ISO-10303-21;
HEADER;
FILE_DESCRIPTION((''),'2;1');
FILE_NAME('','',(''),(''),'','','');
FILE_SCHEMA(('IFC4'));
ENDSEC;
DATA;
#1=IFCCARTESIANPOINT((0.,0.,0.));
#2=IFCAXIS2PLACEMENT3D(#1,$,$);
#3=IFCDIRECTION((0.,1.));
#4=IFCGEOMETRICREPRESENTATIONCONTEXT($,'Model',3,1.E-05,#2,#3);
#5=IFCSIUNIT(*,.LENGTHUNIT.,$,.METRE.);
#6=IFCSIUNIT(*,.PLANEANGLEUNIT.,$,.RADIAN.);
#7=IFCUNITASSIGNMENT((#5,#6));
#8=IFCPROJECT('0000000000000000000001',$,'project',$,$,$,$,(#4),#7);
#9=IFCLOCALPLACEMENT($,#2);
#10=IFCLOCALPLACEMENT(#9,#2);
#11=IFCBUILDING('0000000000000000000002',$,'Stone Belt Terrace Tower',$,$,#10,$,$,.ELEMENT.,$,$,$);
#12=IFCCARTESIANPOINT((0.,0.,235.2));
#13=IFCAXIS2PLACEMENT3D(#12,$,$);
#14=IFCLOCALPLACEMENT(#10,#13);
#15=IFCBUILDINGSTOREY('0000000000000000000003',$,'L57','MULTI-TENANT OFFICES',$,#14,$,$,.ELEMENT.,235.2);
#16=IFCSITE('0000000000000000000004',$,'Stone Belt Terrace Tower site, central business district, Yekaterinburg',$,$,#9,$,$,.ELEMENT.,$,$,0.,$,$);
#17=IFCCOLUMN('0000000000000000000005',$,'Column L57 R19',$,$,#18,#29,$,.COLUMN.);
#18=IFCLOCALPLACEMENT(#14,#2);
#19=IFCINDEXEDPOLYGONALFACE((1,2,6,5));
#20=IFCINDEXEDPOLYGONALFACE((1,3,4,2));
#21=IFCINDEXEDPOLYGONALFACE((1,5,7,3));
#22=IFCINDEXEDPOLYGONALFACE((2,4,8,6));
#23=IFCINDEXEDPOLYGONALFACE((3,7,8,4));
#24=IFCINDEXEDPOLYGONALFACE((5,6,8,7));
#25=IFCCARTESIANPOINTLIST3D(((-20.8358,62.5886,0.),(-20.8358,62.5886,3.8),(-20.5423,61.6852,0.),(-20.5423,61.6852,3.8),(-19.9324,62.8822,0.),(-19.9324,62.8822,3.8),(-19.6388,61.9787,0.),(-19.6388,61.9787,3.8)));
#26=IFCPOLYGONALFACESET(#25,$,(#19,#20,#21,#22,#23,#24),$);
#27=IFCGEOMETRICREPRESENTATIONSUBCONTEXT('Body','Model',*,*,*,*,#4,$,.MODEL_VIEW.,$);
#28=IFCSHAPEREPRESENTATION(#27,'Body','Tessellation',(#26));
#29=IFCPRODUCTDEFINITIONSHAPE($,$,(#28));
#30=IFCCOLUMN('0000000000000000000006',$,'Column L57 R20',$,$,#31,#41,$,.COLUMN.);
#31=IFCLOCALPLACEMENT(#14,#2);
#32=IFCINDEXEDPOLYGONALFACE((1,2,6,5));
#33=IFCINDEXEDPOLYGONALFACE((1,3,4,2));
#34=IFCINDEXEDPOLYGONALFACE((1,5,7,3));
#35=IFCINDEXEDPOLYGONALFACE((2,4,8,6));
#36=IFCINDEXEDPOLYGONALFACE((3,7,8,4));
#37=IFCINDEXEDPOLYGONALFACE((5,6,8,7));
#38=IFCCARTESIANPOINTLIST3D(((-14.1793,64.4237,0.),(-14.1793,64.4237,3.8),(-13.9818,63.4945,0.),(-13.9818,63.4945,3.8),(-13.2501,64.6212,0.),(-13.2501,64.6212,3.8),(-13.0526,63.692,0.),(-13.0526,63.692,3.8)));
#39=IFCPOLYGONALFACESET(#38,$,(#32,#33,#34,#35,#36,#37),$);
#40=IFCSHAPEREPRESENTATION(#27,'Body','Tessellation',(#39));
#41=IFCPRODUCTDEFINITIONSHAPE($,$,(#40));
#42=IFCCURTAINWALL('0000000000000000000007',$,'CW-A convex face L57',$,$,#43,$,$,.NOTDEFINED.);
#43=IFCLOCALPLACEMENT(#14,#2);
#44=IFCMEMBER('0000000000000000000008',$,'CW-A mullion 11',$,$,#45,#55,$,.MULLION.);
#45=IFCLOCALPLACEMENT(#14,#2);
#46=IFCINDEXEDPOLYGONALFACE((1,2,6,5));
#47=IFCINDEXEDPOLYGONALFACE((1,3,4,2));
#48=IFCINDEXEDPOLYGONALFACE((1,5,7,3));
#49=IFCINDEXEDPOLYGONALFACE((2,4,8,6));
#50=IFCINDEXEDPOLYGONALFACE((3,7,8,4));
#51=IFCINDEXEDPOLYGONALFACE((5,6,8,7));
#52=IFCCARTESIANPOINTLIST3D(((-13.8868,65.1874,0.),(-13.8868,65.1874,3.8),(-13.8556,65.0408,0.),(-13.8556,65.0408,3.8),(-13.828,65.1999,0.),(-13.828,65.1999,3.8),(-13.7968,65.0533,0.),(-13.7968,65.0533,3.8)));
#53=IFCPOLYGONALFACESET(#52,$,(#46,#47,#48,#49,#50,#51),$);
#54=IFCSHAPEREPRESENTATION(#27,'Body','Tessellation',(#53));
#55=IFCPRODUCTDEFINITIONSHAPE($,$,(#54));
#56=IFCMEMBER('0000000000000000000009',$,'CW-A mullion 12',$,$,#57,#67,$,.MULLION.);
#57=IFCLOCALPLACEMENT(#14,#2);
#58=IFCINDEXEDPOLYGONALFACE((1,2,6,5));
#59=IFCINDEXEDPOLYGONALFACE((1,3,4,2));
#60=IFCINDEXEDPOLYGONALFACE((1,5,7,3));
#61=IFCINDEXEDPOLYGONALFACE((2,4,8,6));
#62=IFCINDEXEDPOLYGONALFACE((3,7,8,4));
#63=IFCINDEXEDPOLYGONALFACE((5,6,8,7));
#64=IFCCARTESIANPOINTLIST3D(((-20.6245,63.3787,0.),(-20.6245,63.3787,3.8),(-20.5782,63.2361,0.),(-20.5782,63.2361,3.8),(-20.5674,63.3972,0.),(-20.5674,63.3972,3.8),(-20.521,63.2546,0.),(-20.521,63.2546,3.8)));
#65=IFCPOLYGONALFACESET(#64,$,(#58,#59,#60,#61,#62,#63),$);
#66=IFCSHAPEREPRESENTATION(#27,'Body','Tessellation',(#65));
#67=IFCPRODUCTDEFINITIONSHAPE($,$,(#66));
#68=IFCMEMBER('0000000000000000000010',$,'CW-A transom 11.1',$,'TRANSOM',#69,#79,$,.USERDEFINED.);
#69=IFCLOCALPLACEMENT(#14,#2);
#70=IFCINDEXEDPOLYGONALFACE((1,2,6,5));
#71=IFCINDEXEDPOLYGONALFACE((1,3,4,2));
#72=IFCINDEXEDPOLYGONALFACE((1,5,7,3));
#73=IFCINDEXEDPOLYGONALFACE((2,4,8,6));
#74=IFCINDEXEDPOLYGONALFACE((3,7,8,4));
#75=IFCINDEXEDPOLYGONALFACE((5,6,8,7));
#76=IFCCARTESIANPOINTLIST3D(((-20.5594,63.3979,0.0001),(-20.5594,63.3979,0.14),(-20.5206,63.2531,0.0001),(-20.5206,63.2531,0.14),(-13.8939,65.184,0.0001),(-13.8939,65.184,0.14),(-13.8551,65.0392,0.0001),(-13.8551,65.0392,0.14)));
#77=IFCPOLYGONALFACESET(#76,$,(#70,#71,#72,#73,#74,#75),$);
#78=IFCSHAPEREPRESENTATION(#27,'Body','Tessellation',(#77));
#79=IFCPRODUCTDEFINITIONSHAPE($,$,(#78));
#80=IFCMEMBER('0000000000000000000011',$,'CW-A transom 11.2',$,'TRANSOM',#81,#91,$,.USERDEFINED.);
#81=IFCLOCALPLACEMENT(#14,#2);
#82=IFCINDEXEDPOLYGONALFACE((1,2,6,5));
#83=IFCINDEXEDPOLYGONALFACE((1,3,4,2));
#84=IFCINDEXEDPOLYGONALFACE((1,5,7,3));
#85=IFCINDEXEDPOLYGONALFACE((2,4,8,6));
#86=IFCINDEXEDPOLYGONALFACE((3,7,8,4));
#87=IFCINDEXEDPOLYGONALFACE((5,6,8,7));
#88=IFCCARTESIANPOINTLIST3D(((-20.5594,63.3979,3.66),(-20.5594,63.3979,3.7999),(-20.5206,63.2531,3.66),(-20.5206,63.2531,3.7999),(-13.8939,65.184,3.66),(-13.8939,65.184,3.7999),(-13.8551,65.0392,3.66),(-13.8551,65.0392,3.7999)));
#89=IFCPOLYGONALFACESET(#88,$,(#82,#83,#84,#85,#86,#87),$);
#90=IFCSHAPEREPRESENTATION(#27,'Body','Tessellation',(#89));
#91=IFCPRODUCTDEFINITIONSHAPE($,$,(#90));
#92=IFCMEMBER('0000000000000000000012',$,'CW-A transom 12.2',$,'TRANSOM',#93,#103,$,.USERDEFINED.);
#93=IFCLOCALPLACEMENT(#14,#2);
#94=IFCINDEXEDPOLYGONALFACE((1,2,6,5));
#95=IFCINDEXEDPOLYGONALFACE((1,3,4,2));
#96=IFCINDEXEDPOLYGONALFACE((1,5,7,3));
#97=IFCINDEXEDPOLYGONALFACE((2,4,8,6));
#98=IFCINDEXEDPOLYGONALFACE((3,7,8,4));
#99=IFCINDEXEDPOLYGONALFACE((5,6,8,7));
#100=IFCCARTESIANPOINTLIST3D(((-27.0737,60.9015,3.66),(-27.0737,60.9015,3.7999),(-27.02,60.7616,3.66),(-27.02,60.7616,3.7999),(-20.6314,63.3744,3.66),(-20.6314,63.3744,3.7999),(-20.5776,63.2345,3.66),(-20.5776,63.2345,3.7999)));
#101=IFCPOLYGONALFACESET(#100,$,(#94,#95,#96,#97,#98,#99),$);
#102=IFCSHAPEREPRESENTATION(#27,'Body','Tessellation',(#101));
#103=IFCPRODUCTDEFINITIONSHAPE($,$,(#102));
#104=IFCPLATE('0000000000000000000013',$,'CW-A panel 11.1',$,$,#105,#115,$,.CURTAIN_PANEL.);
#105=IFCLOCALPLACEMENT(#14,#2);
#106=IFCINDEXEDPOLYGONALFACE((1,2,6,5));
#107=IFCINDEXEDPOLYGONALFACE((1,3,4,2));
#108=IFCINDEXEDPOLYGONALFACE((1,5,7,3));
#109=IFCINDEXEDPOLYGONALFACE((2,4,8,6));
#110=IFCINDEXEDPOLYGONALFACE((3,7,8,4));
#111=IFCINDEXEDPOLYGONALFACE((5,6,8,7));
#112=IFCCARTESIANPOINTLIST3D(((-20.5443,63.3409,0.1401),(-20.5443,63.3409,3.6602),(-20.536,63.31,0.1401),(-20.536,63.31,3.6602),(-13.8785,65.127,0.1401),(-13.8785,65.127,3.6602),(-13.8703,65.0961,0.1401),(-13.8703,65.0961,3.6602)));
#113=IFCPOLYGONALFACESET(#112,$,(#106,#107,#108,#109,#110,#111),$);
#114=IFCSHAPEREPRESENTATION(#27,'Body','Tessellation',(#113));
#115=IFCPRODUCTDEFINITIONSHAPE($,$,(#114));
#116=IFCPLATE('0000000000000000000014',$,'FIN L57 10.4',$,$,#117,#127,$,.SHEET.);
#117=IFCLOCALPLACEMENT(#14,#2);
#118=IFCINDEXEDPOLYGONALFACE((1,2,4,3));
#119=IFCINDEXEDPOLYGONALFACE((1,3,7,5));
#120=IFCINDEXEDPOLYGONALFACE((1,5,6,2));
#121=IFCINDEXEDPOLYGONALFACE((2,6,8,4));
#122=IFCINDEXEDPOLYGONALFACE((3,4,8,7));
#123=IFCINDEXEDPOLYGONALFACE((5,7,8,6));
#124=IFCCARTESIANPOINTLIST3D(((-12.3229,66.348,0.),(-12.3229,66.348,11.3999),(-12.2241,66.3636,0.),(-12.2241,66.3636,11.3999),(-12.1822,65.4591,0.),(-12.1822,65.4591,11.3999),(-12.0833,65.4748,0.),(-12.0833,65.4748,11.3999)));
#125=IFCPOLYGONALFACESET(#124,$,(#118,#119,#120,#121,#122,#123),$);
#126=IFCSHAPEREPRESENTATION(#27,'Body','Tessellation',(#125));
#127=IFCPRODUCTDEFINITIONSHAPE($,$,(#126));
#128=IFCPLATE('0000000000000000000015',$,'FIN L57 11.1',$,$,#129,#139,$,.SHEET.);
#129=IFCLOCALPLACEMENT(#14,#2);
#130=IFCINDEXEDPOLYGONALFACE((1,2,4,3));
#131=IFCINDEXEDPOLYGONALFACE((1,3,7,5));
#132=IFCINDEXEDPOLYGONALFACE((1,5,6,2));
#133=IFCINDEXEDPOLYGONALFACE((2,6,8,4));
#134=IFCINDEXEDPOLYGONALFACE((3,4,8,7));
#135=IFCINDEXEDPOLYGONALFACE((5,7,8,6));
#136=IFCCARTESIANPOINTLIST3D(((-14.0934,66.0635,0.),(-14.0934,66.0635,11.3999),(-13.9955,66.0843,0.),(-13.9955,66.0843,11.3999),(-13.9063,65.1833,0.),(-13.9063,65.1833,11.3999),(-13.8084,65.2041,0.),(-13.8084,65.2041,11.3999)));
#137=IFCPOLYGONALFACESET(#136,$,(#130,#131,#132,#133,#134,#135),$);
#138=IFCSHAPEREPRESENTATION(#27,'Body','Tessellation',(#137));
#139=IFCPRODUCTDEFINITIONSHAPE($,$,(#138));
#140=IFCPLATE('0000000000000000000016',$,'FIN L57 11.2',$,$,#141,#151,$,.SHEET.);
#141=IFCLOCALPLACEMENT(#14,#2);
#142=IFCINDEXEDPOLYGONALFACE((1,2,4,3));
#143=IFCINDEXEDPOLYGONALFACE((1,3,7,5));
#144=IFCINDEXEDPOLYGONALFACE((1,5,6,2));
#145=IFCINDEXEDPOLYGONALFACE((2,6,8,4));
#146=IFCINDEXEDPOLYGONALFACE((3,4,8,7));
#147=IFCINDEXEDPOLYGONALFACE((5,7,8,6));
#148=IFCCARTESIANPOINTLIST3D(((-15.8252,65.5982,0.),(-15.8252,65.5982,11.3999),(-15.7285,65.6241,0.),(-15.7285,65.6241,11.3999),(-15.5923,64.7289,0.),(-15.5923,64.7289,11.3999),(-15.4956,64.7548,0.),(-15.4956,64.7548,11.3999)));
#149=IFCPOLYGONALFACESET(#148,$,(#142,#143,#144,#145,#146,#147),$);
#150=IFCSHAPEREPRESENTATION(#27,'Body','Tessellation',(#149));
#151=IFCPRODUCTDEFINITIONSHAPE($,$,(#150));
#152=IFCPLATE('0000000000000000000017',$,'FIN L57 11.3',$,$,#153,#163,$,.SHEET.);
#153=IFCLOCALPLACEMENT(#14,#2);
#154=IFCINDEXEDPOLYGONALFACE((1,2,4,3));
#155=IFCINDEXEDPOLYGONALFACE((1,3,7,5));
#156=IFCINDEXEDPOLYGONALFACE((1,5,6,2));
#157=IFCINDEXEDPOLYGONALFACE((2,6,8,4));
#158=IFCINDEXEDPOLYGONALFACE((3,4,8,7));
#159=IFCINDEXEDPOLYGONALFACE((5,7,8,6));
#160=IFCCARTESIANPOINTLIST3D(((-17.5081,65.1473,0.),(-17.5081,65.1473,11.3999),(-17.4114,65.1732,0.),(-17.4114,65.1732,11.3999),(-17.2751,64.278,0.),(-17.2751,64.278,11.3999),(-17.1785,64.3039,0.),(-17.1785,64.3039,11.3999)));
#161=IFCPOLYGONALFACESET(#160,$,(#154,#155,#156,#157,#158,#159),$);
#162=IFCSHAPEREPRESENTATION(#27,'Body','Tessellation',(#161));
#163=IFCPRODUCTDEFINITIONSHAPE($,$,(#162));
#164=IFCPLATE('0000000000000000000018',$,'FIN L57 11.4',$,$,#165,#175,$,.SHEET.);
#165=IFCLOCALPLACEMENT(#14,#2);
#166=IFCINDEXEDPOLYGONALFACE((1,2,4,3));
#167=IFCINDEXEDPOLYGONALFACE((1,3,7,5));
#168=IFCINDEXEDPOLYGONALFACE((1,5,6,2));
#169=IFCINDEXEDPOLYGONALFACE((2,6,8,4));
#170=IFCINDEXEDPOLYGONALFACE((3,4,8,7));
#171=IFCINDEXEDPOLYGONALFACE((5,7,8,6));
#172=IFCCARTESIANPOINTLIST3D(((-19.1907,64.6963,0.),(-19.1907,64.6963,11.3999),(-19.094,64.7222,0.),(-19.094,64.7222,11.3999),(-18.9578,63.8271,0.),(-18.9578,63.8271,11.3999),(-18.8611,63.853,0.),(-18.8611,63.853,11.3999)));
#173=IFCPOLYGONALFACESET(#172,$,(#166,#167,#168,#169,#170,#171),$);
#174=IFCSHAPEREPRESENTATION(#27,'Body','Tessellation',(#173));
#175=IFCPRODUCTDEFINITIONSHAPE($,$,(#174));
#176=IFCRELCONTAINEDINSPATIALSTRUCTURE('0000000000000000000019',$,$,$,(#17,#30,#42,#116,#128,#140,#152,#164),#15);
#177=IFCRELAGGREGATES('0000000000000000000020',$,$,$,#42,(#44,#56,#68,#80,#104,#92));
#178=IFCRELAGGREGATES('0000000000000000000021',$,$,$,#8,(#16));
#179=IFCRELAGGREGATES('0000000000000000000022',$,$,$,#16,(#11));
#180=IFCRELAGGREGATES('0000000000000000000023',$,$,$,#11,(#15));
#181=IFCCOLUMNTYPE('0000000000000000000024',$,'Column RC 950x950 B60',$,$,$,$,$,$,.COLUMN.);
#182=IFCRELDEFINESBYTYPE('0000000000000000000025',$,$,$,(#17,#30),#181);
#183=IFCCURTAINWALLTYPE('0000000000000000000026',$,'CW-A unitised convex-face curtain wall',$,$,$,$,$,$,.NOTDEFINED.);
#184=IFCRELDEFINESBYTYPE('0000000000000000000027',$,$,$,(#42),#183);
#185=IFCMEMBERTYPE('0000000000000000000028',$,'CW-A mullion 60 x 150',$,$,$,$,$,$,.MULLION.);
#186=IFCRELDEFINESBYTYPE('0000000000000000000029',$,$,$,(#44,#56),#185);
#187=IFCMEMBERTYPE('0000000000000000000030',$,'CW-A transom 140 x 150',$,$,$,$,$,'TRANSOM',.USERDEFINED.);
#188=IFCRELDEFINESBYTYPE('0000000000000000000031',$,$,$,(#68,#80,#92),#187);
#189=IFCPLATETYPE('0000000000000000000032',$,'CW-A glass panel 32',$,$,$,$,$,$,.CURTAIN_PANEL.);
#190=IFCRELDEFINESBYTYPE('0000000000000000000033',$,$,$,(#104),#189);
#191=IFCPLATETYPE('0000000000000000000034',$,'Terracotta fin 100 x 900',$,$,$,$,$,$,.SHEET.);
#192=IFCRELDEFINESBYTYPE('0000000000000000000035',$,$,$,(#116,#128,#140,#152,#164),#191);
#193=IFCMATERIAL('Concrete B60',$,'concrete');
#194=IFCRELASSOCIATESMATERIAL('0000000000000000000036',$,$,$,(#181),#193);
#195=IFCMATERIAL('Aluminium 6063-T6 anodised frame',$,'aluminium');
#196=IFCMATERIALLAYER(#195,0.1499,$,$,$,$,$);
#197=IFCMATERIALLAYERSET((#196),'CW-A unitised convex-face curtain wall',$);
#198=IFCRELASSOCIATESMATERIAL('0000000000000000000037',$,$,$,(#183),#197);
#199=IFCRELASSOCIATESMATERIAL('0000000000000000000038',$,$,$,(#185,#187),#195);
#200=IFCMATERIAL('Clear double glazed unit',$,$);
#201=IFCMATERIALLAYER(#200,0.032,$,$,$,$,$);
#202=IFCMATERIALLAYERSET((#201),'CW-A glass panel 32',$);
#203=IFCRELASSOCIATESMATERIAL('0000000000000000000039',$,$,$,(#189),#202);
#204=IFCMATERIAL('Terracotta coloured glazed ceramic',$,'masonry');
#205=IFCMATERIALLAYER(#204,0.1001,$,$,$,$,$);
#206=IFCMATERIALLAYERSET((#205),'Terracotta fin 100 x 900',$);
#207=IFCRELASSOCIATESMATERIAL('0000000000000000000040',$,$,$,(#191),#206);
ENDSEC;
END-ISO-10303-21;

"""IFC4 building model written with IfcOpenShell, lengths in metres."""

from ifc_helpers import new_model, si_unit, direction, frame, origin, origin_2d, place, context, subcontext, project, spatial, rectangle, extrude, material, layer, layer_set, material_profile, profile_set, type_object, element, aggregate, save


model = new_model("IFC4")

# Units and contexts
model_context = context("Model", 3, precision=1e-05, world=origin(), true_north=direction((0.0, 1.0)))
body_context = subcontext(model_context, "Body", "Model", "MODEL_VIEW")
ifc_project = project(units=[si_unit("LENGTHUNIT", "METRE"), si_unit("PLANEANGLEUNIT", "RADIAN")], contexts=[model_context])

# Site, building, storey
site_placement = place(None, origin())
site = spatial("IfcSite", under=ifc_project, at=site_placement, Name="Stone Belt Terrace Tower site, central business district, Yekaterinburg", CompositionType="ELEMENT", RefElevation=0.0)
building_placement = place(site_placement, origin())
building = spatial("IfcBuilding", under=site, at=building_placement, Name="Stone Belt Terrace Tower", CompositionType="ELEMENT")
storey_placement = place(building_placement, frame((0.0, 0.0, 235.2)))
storey = spatial("IfcBuildingStorey", under=building, at=storey_placement, Name="L57", Description="MULTI-TENANT OFFICES", CompositionType="ELEMENT", Elevation=235.2)

# Columns
ifc_material_1 = material(Name="Concrete B60", Category="concrete")
ifc_material_profile_1 = material_profile(ifc_material_1, rectangle(XDim=0.95, YDim=0.95, at=origin_2d()), Name="RC 950x950")
ifc_profile_set_1 = profile_set([ifc_material_profile_1], Name="Concrete B60")
column_type = type_object("IfcColumnType", Name="Column RC 950x950 B60", PredefinedType="COLUMN", material=ifc_profile_set_1)
for number, where, z_axis, x_axis, name in (
    (1, (-20.2373, 62.2837, 0.0), (0.0, 0.0, 1.0), (0.951057, 0.309017, 0.0), "Column L57 R19"),
    (2, (-13.616, 64.0579, 0.0), (0.0, 0.0, 1.0), (0.978148, 0.207912, 0.0), "Column L57 R20"),
):
    element("IfcColumn", number, at=place(storey_placement, frame(where, z_axis=z_axis, x_axis=x_axis)), inside=storey, type_object=column_type, Name=name, PredefinedType="COLUMN", context=body_context, shape_type="SweptSolid", body=[
        extrude(rectangle(XDim=0.95, YDim=0.95, at=origin_2d()), origin(), (0.0, 0.0, 1.0), 3.8),
    ])

# Curtain wall, members, plate
ifc_material_2 = material(Name="Aluminium 6063-T6 anodised frame", Category="aluminium")
ifc_layer_1 = layer(ifc_material_2, 0.1499)
ifc_layer_set_1 = layer_set([ifc_layer_1], Name="CW-A unitised convex-face curtain wall")
curtain_wall_type = type_object("IfcCurtainWallType", Name="CW-A unitised convex-face curtain wall", PredefinedType="NOTDEFINED", material=ifc_layer_set_1)
curtain_wall_placement = place(storey_placement, origin())
curtain_wall = element("IfcCurtainWall", 3, at=curtain_wall_placement, inside=storey, type_object=curtain_wall_type, Name="CW-A convex face L57", PredefinedType="NOTDEFINED")
ifc_material_profile_2 = material_profile(ifc_material_2, rectangle(XDim=0.1499, YDim=0.0601, at=origin_2d()), Name="Aluminium 6063-T6 60x150")
ifc_profile_set_2 = profile_set([ifc_material_profile_2], Name="Aluminium 6063-T6 anodised frame")
member_type_1 = type_object("IfcMemberType", Name="CW-A mullion 60 x 150", PredefinedType="MULLION", material=ifc_profile_set_2)
member_1_placement = place(storey_placement, frame((-13.8418, 65.1204, 0.0), z_axis=(0.0, 0.0, 1.0), x_axis=(0.207912, -0.978148, 0.0)))
member_1 = element("IfcMember", 4, at=member_1_placement, type_object=member_type_1, Name="CW-A mullion 11", PredefinedType="MULLION", context=body_context, shape_type="SweptSolid", body=[
    extrude(rectangle(XDim=0.1499, YDim=0.0601, at=origin_2d()), origin(), (0.0, 0.0, 1.0), 3.8),
])
member_2_placement = place(storey_placement, frame((-20.5728, 63.3167, 0.0), z_axis=(0.0, 0.0, 1.0), x_axis=(0.309017, -0.951057, 0.0)))
member_2 = element("IfcMember", 5, at=member_2_placement, type_object=member_type_1, Name="CW-A mullion 12", PredefinedType="MULLION", context=body_context, shape_type="SweptSolid", body=[
    extrude(rectangle(XDim=0.1499, YDim=0.0601, at=origin_2d()), origin(), (0.0, 0.0, 1.0), 3.8),
])
ifc_material_profile_3 = material_profile(ifc_material_2, rectangle(XDim=0.1499, YDim=0.1399, at=origin_2d()), Name="Aluminium 6063-T6 150x140")
ifc_profile_set_3 = profile_set([ifc_material_profile_3], Name="Aluminium 6063-T6 anodised frame")
member_type_2 = type_object("IfcMemberType", Name="CW-A transom 140 x 150", ElementType="TRANSOM", PredefinedType="USERDEFINED", material=ifc_profile_set_3)
member_3_placement = place(storey_placement, frame((-13.8745, 65.1116, 0.0701), z_axis=(-0.965922, -0.258834, 0.0), x_axis=(0.258834, -0.965922, 0.0)))
member_3 = element("IfcMember", 6, at=member_3_placement, type_object=member_type_2, Name="CW-A transom 11.1", ObjectType="TRANSOM", PredefinedType="USERDEFINED", context=body_context, shape_type="SweptSolid", body=[
    extrude(rectangle(XDim=0.1499, YDim=0.1399, at=origin_2d()), origin(), (0.0, 0.0, 1.0), 6.9006),
])
member_4_placement = place(storey_placement, frame((-13.8745, 65.1116, 3.73), z_axis=(-0.965922, -0.258834, 0.0), x_axis=(0.258834, -0.965922, 0.0)))
member_4 = element("IfcMember", 7, at=member_4_placement, type_object=member_type_2, Name="CW-A transom 11.2", ObjectType="TRANSOM", PredefinedType="USERDEFINED", context=body_context, shape_type="SweptSolid", body=[
    extrude(rectangle(XDim=0.1499, YDim=0.1399, at=origin_2d()), origin(), (0.0, 0.0, 1.0), 6.9006),
])
member_5_placement = place(storey_placement, frame((-20.6045, 63.3044, 3.73), z_axis=(-0.933585, -0.358355, 0.0), x_axis=(0.358355, -0.933585, 0.0)))
member_5 = element("IfcMember", 8, at=member_5_placement, type_object=member_type_2, Name="CW-A transom 12.2", ObjectType="TRANSOM", PredefinedType="USERDEFINED", context=body_context, shape_type="SweptSolid", body=[
    extrude(rectangle(XDim=0.1499, YDim=0.1399, at=origin_2d()), origin(), (0.0, 0.0, 1.0), 6.9006),
])
ifc_material_3 = material(Name="Clear double glazed unit")
ifc_layer_2 = layer(ifc_material_3, 0.032)
ifc_layer_set_2 = layer_set([ifc_layer_2], Name="CW-A glass panel 32")
plate_type_1 = type_object("IfcPlateType", Name="CW-A glass panel 32", PredefinedType="CURTAIN_PANEL", material=ifc_layer_set_2)
plate_placement = place(storey_placement, frame((-17.2073, 64.2185, 0.1401), z_axis=(0.0, 0.0, 1.0), x_axis=(-0.965926, -0.258819, 0.0)))
plate = element("IfcPlate", 9, at=plate_placement, type_object=plate_type_1, Name="CW-A panel 11.1", PredefinedType="CURTAIN_PANEL", context=body_context, shape_type="SweptSolid", body=[
    extrude(rectangle(XDim=6.9009, YDim=0.032, at=origin_2d()), origin(), (0.0, 0.0, 1.0), 3.52),
])
aggregate(curtain_wall, [member_1, member_2, member_3, member_4, plate, member_5])

# Plates
ifc_material_4 = material(Name="Terracotta coloured glazed ceramic", Category="masonry")
ifc_layer_3 = layer(ifc_material_4, 0.1001)
ifc_layer_set_3 = layer_set([ifc_layer_3], Name="Terracotta fin 100 x 900")
plate_type_2 = type_object("IfcPlateType", Name="Terracotta fin 100 x 900", PredefinedType="SHEET", material=ifc_layer_set_3)
for number, where, z_axis, x_axis, name in (
    (10, (-12.2031, 65.9114, 0.0), (0.0, 0.0, 1.0), (-0.156434, 0.987688, 0.0), "FIN L57 10.4"),
    (11, (-13.9509, 65.6338, 0.0), (0.0, 0.0, 1.0), (-0.207912, 0.978148, 0.0), "FIN L57 11.1"),
    (12, (-15.6604, 65.1765, 0.0), (0.0, 0.0, 1.0), (-0.258819, 0.965926, 0.0), "FIN L57 11.2"),
    (13, (-17.3433, 64.7256, 0.0), (0.0, 0.0, 1.0), (-0.258819, 0.965926, 0.0), "FIN L57 11.3"),
    (14, (-19.0259, 64.2747, 0.0), (0.0, 0.0, 1.0), (-0.258819, 0.965926, 0.0), "FIN L57 11.4"),
):
    element("IfcPlate", number, at=place(storey_placement, frame(where, z_axis=z_axis, x_axis=x_axis)), inside=storey, type_object=plate_type_2, Name=name, PredefinedType="SHEET", context=body_context, shape_type="SweptSolid", body=[
        extrude(rectangle(XDim=0.8999, YDim=0.1001, at=origin_2d()), origin(), (0.0, 0.0, 1.0), 11.3999),
    ])

save(model, "model.ifc")
